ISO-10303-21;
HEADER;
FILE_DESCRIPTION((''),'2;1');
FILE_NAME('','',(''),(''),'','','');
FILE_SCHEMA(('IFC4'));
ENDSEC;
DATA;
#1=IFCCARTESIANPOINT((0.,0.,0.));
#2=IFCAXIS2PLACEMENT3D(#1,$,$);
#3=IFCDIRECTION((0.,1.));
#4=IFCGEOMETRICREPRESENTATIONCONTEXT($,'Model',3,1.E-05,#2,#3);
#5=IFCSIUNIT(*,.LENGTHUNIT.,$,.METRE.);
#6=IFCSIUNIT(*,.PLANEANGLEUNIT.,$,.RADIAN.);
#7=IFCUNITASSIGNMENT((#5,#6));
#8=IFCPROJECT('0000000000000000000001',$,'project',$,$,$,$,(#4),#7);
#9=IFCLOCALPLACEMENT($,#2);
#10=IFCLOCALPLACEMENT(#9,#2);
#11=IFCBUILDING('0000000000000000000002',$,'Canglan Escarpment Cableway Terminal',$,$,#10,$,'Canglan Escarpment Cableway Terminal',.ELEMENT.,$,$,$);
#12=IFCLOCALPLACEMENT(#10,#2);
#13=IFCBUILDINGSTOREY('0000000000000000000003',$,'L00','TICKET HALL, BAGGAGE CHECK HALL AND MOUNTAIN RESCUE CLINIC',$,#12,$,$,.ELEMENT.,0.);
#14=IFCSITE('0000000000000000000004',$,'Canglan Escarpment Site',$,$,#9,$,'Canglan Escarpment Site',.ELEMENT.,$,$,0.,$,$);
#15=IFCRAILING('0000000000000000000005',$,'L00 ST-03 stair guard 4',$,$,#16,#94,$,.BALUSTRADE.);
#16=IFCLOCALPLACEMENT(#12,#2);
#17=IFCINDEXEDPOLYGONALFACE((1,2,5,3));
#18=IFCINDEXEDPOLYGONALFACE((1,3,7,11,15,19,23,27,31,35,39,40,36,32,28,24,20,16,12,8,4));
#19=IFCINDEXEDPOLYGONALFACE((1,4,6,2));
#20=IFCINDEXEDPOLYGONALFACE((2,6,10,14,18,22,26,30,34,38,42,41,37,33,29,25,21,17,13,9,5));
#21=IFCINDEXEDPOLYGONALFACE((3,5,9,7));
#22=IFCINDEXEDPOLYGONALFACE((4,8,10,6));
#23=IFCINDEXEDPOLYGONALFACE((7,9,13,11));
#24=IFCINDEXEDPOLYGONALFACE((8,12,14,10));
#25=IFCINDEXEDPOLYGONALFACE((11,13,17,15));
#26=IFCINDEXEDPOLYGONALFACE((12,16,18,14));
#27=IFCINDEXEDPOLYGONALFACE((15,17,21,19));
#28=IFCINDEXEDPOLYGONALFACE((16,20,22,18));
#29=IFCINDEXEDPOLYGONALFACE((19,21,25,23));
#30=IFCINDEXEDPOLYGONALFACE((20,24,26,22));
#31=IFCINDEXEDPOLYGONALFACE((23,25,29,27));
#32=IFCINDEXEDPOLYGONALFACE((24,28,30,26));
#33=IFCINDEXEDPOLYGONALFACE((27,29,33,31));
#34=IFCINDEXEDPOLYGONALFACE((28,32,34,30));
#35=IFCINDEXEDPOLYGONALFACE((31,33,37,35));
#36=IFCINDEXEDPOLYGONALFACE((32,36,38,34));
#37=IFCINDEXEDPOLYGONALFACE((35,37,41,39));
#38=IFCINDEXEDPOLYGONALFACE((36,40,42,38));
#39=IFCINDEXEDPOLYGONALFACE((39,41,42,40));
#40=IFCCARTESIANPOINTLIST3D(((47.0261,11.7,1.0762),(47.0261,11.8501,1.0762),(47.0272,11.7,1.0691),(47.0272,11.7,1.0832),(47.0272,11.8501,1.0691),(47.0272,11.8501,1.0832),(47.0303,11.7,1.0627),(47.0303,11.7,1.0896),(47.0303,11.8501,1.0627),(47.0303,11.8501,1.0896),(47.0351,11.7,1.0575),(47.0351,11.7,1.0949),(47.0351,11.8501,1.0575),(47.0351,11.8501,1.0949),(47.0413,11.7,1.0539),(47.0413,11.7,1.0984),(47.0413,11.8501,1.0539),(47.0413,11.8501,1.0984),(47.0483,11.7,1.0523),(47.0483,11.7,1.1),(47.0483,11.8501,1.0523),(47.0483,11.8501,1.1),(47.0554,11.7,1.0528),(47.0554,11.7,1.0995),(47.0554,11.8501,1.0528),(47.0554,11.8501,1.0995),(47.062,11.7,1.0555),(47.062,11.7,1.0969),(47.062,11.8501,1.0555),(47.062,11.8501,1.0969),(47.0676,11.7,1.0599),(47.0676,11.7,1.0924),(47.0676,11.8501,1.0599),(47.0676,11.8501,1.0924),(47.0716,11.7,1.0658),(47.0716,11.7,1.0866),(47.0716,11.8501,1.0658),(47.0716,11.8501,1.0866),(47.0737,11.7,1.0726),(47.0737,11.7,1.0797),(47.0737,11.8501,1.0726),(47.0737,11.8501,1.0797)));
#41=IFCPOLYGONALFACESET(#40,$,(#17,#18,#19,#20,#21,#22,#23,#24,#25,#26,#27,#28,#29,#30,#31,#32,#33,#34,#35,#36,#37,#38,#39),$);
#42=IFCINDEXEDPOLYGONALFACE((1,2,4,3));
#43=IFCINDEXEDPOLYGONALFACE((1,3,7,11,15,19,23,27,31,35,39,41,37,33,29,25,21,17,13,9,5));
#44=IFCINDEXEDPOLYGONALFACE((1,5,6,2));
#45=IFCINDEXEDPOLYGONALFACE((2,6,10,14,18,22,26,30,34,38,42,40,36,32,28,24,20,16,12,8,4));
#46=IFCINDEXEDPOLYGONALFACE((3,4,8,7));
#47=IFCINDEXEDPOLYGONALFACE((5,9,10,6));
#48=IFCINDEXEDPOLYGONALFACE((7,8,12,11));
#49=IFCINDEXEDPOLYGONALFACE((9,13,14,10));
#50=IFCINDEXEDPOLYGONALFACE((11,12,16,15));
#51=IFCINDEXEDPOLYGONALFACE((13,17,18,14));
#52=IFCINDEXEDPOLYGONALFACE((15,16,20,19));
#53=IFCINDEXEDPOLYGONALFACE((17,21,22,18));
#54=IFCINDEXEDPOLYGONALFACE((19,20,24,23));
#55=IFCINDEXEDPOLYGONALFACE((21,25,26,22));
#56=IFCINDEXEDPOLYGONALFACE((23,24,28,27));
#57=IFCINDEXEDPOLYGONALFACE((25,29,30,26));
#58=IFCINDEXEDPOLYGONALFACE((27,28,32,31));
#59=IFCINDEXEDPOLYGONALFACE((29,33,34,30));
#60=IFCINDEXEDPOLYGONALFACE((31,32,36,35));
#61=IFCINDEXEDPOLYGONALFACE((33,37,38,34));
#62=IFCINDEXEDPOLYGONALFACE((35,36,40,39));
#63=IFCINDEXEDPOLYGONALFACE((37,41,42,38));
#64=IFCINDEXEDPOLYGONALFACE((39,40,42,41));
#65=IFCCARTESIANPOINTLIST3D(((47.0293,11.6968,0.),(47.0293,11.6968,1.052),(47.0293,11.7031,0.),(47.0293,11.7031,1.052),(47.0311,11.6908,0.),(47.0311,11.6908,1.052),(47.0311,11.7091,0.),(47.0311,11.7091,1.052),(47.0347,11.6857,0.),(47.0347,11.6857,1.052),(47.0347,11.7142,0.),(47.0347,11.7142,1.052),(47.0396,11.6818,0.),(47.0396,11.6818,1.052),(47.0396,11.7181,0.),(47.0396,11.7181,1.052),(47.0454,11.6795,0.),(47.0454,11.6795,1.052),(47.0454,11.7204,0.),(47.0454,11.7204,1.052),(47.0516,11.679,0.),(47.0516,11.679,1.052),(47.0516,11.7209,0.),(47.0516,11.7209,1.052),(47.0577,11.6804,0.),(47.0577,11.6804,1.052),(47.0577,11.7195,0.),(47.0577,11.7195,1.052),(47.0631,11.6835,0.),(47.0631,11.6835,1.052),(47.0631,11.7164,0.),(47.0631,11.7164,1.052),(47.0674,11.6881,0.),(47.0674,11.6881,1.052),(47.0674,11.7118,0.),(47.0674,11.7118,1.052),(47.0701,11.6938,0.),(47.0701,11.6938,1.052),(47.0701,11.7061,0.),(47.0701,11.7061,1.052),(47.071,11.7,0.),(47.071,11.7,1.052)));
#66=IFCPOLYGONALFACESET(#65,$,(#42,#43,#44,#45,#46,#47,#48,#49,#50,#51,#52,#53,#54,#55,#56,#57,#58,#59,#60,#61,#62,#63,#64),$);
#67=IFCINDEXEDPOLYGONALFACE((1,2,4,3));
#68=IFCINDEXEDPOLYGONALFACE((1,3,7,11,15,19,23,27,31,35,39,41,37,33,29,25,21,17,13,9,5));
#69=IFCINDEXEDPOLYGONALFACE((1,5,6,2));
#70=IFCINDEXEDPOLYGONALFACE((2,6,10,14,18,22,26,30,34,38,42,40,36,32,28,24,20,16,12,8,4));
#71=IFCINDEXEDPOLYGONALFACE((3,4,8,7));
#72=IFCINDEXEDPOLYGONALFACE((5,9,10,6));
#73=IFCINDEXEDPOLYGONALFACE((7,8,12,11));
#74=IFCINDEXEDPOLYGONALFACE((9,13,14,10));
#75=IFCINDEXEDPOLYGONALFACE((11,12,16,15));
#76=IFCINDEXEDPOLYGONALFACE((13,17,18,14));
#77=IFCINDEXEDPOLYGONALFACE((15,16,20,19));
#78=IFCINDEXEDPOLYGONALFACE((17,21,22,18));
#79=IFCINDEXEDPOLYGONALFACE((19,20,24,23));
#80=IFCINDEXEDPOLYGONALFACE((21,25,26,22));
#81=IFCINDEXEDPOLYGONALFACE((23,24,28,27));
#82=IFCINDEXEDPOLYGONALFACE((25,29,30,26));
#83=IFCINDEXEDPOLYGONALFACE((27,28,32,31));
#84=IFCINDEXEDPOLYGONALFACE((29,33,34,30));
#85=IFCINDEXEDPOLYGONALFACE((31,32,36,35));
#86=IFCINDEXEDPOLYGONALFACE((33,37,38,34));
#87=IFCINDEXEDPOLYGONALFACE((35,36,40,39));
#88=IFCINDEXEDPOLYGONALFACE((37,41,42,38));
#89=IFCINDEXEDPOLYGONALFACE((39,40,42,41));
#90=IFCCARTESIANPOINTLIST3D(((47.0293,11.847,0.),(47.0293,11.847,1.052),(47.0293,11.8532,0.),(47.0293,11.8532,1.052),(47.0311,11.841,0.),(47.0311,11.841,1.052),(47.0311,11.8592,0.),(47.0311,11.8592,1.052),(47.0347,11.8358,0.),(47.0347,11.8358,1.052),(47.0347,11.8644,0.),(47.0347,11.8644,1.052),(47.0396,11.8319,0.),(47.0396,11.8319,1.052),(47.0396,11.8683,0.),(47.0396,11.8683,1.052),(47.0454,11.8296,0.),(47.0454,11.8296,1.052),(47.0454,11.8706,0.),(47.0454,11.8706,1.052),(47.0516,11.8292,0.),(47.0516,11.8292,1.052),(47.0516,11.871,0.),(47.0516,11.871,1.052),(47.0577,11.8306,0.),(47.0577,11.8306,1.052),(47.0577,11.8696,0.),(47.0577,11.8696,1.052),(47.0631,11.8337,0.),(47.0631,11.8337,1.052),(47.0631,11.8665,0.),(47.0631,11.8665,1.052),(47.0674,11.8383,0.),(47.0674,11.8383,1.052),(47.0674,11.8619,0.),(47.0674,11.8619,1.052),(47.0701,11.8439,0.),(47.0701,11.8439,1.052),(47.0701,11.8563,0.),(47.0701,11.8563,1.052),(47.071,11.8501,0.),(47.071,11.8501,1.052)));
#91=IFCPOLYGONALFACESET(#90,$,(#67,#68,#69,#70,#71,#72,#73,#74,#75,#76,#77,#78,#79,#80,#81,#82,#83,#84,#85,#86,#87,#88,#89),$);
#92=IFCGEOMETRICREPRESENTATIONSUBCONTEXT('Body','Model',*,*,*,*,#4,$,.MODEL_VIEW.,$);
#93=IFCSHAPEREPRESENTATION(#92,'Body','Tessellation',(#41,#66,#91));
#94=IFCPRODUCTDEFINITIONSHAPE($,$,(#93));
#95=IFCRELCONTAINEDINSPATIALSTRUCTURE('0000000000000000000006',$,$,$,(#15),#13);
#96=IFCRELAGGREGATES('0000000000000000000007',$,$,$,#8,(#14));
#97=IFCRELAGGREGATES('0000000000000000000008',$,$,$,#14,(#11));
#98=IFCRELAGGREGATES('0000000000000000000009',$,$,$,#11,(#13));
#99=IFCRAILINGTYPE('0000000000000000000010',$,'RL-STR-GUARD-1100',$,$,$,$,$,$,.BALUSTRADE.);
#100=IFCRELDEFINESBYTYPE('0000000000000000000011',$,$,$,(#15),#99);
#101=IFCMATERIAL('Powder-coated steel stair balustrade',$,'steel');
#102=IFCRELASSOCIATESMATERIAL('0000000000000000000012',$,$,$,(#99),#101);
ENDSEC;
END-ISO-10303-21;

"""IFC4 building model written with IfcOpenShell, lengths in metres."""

from ifc_helpers import new_model, si_unit, direction, frame, origin, origin_2d, place, context, subcontext, project, spatial, circle, extrude, material, type_object, element, save


model = new_model("IFC4")

# Units and contexts
model_context = context("Model", 3, precision=1e-05, world=origin(), true_north=direction((0.0, 1.0)))
body_context = subcontext(model_context, "Body", "Model", "MODEL_VIEW")
ifc_project = project(units=[si_unit("LENGTHUNIT", "METRE"), si_unit("PLANEANGLEUNIT", "RADIAN")], contexts=[model_context])

# Site, building, storey
site_placement = place(None, origin())
site = spatial("IfcSite", under=ifc_project, at=site_placement, Name="Canglan Escarpment Site", LongName="Canglan Escarpment Site", CompositionType="ELEMENT", RefElevation=0.0)
building_placement = place(site_placement, origin())
building = spatial("IfcBuilding", under=site, at=building_placement, Name="Canglan Escarpment Cableway Terminal", LongName="Canglan Escarpment Cableway Terminal", CompositionType="ELEMENT")
storey_placement = place(building_placement, origin())
storey = spatial("IfcBuildingStorey", under=building, at=storey_placement, Name="L00", Description="TICKET HALL, BAGGAGE CHECK HALL AND MOUNTAIN RESCUE CLINIC", CompositionType="ELEMENT", Elevation=0.0)

# Railing
ifc_material_1 = material(Name="Powder-coated steel stair balustrade", Category="steel")
railing_type_1 = type_object("IfcRailingType", Name="RL-STR-GUARD-1100", PredefinedType="BALUSTRADE", material=ifc_material_1)
railing_1_placement = place(storey_placement, frame((47.05, 11.7, 0.0)))
element("IfcRailing", 1, at=railing_1_placement, inside=storey, type_object=railing_type_1, Name="L00 ST-03 stair guard 4", PredefinedType="BALUSTRADE", context=body_context, shape_type="SweptSolid", body=[
    extrude(circle(Radius=0.0239, at=origin_2d()), frame((0.0, 0.0, 1.0762), z_axis=(0.0, 1.0, 0.0), x_axis=(-1.0, 0.0, 0.0)), (0.0, 0.0, 1.0), 0.1501),
    extrude(circle(Radius=0.021, at=origin_2d()), origin(), (0.0, 0.0, 1.0), 1.052),
    extrude(circle(Radius=0.021, at=origin_2d()), frame((0.0, 0.1501, 0.0)), (0.0, 0.0, 1.0), 1.052),
])

save(model, "model.ifc")
